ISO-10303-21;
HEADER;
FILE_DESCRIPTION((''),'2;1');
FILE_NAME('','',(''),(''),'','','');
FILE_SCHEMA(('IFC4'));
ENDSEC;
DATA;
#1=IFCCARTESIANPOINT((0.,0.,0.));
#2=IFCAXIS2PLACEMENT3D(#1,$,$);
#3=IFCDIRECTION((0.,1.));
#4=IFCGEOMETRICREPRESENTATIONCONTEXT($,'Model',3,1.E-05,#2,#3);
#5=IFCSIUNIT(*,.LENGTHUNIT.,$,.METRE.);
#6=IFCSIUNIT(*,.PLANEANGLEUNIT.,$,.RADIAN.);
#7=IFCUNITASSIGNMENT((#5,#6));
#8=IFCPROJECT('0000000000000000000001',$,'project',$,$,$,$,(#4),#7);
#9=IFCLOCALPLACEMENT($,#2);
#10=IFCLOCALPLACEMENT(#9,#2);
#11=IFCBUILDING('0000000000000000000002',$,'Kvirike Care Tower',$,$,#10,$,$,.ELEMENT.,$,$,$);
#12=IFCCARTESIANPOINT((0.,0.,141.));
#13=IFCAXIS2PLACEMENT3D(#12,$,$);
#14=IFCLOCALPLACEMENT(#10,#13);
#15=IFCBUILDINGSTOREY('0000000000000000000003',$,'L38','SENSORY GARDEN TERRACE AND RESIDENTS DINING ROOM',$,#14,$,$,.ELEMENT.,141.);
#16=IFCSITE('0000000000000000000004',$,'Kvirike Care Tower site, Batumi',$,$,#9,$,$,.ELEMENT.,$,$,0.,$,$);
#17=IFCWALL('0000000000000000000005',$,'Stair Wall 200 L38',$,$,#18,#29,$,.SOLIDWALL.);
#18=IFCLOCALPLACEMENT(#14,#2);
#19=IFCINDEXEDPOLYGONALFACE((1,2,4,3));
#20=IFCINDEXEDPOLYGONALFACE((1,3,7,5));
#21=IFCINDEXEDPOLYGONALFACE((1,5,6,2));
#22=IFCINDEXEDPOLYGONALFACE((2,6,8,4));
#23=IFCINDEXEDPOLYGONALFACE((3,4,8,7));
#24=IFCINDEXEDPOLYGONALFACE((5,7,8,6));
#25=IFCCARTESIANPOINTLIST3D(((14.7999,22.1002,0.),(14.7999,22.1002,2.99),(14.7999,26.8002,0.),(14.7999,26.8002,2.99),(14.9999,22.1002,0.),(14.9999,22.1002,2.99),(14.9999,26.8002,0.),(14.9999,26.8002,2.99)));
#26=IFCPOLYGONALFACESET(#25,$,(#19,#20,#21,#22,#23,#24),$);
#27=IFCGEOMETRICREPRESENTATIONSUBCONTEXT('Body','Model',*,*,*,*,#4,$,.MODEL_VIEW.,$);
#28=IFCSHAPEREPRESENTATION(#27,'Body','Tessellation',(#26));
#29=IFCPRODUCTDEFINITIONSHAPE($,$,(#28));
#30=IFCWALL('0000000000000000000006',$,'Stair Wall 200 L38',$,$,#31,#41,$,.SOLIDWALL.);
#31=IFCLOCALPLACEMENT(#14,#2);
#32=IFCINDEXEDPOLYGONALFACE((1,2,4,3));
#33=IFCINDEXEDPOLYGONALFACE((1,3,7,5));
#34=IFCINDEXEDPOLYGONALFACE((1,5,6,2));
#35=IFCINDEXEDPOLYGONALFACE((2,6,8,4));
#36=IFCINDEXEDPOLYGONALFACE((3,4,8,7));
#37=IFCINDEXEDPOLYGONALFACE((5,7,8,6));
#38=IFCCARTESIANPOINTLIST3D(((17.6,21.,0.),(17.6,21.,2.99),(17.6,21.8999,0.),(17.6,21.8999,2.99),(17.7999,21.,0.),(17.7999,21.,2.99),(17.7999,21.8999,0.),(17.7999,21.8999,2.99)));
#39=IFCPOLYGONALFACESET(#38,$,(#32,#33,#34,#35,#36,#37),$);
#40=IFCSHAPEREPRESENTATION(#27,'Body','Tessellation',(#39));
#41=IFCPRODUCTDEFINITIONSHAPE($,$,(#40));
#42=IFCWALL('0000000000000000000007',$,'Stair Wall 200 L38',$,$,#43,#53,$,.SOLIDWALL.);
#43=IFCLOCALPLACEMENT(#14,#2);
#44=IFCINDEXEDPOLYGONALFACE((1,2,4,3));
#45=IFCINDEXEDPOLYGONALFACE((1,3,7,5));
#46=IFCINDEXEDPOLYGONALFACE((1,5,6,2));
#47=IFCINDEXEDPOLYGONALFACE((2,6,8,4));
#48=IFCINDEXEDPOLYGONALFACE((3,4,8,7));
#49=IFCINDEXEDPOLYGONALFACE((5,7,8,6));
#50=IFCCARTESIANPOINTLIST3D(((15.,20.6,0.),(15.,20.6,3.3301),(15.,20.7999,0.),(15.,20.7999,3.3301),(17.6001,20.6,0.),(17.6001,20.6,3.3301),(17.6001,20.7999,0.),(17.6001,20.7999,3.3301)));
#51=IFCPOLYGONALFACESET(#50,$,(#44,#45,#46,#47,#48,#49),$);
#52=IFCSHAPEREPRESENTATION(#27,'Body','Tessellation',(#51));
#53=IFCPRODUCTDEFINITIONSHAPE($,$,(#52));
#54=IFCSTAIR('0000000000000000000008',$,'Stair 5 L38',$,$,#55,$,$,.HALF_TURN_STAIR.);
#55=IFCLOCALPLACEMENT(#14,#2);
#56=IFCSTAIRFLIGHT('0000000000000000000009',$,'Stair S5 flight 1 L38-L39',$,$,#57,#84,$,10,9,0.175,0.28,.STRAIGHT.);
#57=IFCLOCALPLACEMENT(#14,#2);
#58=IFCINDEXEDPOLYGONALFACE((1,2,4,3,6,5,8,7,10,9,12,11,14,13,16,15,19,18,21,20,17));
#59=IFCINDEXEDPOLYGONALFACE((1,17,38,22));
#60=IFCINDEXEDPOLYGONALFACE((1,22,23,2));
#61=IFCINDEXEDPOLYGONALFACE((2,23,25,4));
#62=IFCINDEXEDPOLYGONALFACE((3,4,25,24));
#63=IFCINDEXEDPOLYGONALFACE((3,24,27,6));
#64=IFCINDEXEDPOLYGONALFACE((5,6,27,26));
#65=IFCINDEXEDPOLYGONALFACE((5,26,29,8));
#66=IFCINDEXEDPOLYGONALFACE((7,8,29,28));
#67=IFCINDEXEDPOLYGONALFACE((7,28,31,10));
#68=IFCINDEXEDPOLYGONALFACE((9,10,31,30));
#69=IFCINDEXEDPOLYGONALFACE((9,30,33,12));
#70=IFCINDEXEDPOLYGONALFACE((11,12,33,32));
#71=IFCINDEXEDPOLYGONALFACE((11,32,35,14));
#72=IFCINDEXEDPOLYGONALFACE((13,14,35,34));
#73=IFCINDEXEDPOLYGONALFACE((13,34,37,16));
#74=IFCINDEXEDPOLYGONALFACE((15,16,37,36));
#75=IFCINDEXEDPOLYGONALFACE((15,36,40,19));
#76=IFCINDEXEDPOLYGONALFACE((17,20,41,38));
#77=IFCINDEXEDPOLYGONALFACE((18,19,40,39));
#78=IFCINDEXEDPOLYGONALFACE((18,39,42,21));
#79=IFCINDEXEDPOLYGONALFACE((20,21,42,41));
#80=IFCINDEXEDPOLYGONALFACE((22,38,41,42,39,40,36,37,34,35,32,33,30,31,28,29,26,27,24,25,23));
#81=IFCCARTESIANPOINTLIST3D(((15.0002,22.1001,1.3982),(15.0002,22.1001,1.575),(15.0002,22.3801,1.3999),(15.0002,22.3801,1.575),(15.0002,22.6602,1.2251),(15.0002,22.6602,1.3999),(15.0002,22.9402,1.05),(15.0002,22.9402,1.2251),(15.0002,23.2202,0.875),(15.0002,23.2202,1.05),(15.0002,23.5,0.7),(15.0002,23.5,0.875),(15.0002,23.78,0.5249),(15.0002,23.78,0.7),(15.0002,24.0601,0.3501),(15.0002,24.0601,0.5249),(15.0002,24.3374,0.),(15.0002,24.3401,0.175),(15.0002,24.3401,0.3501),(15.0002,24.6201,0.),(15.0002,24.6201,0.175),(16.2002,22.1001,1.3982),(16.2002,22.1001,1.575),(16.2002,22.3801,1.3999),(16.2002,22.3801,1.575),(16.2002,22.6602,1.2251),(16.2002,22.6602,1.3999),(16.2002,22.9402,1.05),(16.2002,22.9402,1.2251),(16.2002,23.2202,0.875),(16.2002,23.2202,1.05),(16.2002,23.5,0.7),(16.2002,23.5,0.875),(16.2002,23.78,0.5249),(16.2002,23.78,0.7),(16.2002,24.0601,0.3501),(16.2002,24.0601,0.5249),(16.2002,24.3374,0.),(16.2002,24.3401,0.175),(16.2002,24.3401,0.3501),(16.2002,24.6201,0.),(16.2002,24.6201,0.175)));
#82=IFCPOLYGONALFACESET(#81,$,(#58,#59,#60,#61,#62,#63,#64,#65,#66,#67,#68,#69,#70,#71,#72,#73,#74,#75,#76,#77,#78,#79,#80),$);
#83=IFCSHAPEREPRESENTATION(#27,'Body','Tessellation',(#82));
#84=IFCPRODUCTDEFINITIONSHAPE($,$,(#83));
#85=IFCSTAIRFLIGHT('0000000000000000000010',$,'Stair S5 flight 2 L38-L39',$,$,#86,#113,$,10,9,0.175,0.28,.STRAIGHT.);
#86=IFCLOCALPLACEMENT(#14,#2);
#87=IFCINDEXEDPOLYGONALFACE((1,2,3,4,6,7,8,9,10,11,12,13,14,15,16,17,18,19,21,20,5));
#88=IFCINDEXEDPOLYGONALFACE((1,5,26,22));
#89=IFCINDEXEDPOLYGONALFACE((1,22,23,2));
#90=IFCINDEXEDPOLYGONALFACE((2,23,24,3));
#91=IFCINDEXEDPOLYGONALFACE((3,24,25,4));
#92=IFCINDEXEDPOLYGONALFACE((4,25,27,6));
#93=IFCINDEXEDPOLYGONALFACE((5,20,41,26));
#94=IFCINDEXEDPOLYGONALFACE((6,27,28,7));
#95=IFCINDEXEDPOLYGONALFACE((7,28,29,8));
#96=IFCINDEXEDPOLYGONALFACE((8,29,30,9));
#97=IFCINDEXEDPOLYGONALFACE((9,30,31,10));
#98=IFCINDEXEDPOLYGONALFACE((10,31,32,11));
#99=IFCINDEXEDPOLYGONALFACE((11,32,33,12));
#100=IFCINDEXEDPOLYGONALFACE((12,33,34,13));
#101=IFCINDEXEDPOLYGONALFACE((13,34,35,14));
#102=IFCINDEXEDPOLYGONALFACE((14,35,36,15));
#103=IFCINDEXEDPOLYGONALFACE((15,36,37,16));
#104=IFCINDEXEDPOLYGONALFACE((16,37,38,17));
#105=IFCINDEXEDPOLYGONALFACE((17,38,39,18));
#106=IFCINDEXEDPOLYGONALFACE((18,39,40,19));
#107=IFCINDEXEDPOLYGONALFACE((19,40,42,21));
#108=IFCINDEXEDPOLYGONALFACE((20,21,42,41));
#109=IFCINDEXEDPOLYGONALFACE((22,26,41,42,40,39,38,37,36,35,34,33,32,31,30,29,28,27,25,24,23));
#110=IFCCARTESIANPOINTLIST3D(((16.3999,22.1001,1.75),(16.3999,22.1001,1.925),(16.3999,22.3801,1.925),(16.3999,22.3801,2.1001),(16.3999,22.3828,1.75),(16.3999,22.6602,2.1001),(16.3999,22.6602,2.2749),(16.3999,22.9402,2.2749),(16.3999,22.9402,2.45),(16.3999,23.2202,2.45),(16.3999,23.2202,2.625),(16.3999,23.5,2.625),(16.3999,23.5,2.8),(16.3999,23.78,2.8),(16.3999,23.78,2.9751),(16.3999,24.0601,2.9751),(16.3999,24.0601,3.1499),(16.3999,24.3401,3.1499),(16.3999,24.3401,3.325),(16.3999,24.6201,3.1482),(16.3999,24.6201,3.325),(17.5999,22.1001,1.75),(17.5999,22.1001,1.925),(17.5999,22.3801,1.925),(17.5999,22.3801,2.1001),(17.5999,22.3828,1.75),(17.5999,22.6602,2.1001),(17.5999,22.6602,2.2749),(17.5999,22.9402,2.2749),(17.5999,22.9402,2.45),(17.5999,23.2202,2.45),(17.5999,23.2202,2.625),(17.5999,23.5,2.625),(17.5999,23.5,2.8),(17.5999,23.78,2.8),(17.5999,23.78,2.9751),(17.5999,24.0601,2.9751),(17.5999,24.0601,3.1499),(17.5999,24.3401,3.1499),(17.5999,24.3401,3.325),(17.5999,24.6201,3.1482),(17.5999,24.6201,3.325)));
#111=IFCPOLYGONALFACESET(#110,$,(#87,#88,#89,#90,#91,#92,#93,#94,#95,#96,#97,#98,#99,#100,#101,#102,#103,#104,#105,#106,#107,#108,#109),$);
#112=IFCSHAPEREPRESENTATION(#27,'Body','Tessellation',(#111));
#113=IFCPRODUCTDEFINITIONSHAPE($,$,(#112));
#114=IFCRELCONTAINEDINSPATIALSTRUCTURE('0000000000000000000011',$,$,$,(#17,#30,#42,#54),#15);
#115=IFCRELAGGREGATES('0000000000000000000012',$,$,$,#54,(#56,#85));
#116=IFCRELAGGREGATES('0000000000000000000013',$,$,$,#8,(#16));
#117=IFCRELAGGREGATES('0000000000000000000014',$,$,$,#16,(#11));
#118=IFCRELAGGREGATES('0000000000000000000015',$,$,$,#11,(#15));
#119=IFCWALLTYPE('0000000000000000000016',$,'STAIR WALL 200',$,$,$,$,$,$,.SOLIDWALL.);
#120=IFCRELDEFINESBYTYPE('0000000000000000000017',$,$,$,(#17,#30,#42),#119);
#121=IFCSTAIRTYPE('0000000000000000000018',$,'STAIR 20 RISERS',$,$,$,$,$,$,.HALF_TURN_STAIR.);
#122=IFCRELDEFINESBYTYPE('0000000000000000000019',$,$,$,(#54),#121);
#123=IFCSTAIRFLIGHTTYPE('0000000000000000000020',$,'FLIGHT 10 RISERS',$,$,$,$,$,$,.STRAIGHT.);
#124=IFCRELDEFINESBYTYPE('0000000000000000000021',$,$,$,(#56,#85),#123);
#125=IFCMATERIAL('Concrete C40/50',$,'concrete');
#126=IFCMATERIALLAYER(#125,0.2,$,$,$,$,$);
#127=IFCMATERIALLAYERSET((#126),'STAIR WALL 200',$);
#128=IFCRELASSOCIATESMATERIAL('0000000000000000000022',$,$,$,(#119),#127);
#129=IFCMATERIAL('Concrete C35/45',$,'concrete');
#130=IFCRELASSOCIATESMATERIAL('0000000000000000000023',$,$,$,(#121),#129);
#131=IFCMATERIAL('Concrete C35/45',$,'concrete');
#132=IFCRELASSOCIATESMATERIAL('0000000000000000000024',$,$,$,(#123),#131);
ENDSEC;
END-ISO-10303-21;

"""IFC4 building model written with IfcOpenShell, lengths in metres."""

from ifc_helpers import new_model, si_unit, direction, frame, frame_2d, origin, place, context, subcontext, project, spatial, polyline, rectangle, outline, extrude, material, layer, layer_set, type_object, element, aggregate, save


model = new_model("IFC4")

# Units and contexts
model_context = context("Model", 3, precision=1e-05, world=origin(), true_north=direction((0.0, 1.0)))
body_context = subcontext(model_context, "Body", "Model", "MODEL_VIEW")
ifc_project = project(units=[si_unit("LENGTHUNIT", "METRE"), si_unit("PLANEANGLEUNIT", "RADIAN")], contexts=[model_context])

# Site, building, storey
site_placement = place(None, origin())
site = spatial("IfcSite", under=ifc_project, at=site_placement, Name="Kvirike Care Tower site, Batumi", CompositionType="ELEMENT", RefElevation=0.0)
building_placement = place(site_placement, origin())
building = spatial("IfcBuilding", under=site, at=building_placement, Name="Kvirike Care Tower", CompositionType="ELEMENT")
storey_placement = place(building_placement, frame((0.0, 0.0, 141.0)))
storey = spatial("IfcBuildingStorey", under=building, at=storey_placement, Name="L38", Description="SENSORY GARDEN TERRACE AND RESIDENTS DINING ROOM", CompositionType="ELEMENT", Elevation=141.0)

# Walls
ifc_material_1 = material(Name="Concrete C40/50", Category="concrete")
ifc_layer_1 = layer(ifc_material_1, 0.2)
ifc_layer_set_1 = layer_set([ifc_layer_1], Name="STAIR WALL 200")
wall_type_1 = type_object("IfcWallType", Name="STAIR WALL 200", PredefinedType="SOLIDWALL", material=ifc_layer_set_1)
wall_1_placement = place(storey_placement, frame((14.8999, 22.1001, 0.0), z_axis=(0.0, 0.0, 1.0), x_axis=(0.0, 1.0, 0.0)))
element("IfcWall", 1, at=wall_1_placement, inside=storey, type_object=wall_type_1, Name="Stair Wall 200 L38", PredefinedType="SOLIDWALL", context=body_context, shape_type="SweptSolid", body=[
    extrude(rectangle(XDim=4.7, YDim=0.2, at=frame_2d((2.3501, 0.0))), origin(), (0.0, 0.0, 1.0), 2.99),
])
wall_2_placement = place(storey_placement, frame((17.7, 21.0, 0.0), z_axis=(0.0, 0.0, 1.0), x_axis=(0.0, 1.0, 0.0)))
element("IfcWall", 2, at=wall_2_placement, inside=storey, type_object=wall_type_1, Name="Stair Wall 200 L38", PredefinedType="SOLIDWALL", context=body_context, shape_type="SweptSolid", body=[
    extrude(rectangle(XDim=0.8999, YDim=0.2, at=frame_2d((0.45, 0.0))), origin(), (0.0, 0.0, 1.0), 2.99),
])
wall_3_placement = place(storey_placement, frame((15.0, 20.7, 0.0), z_axis=(0.0, 0.0, 1.0), x_axis=(1.0, 0.0, 0.0)))
element("IfcWall", 3, at=wall_3_placement, inside=storey, type_object=wall_type_1, Name="Stair Wall 200 L38", PredefinedType="SOLIDWALL", context=body_context, shape_type="SweptSolid", body=[
    extrude(rectangle(XDim=2.6001, YDim=0.2, at=frame_2d((1.3, 0.0))), origin(), (0.0, 0.0, 1.0), 3.3301),
])

# Stair, stair flights
ifc_material_2 = material(Name="Concrete C35/45", Category="concrete")
stair_type = type_object("IfcStairType", Name="STAIR 20 RISERS", PredefinedType="HALF_TURN_STAIR", material=ifc_material_2)
stair_placement = place(storey_placement, origin())
stair = element("IfcStair", 4, at=stair_placement, inside=storey, type_object=stair_type, Name="Stair 5 L38", PredefinedType="HALF_TURN_STAIR")
ifc_material_3 = material(Name="Concrete C35/45", Category="concrete")
stair_flight_type = type_object("IfcStairFlightType", Name="FLIGHT 10 RISERS", PredefinedType="STRAIGHT", material=ifc_material_3)
stair_flight_1_placement = place(storey_placement, frame((15.6001, 24.6201, 0.0), z_axis=(0.0, 0.0, 1.0), x_axis=(0.0, -1.0, 0.0)))
stair_flight_1 = element("IfcStairFlight", 5, at=stair_flight_1_placement, type_object=stair_flight_type, Name="Stair S5 flight 1 L38-L39", NumberOfRisers=10, NumberOfTreads=9, PredefinedType="STRAIGHT", RiserHeight=0.175, TreadLength=0.28, context=body_context, shape_type="SweptSolid", body=[
    extrude(outline(polyline([(0.0, 0.0), (0.0, 0.175), (0.28, 0.175), (0.28, 0.3501), (0.5601, 0.3501), (0.5601, 0.5249), (0.8401, 0.5249), (0.8401, 0.7), (1.1201, 0.7), (1.1201, 0.875), (1.3999, 0.875), (1.3999, 1.05), (1.6799, 1.05), (1.6799, 1.2251), (1.96, 1.2251), (1.96, 1.3999), (2.24, 1.3999), (2.24, 1.575), (2.52, 1.575), (2.52, 1.75), (2.52, 1.3982), (0.2827, 0.0), (0.0, 0.0)])), frame((0.0, 0.6001, 0.0), z_axis=(0.0, -1.0, 0.0), x_axis=(1.0, 0.0, 0.0)), (0.0, 0.0, 1.0), 1.2),
])
stair_flight_2_placement = place(storey_placement, frame((17.0, 22.1001, 1.75), z_axis=(0.0, 0.0, 1.0), x_axis=(0.0, 1.0, 0.0)))
stair_flight_2 = element("IfcStairFlight", 6, at=stair_flight_2_placement, type_object=stair_flight_type, Name="Stair S5 flight 2 L38-L39", NumberOfRisers=10, NumberOfTreads=9, PredefinedType="STRAIGHT", RiserHeight=0.175, TreadLength=0.28, context=body_context, shape_type="SweptSolid", body=[
    extrude(outline(polyline([(0.0, 0.0), (0.0, 0.175), (0.28, 0.175), (0.28, 0.3501), (0.5601, 0.3501), (0.5601, 0.5249), (0.8401, 0.5249), (0.8401, 0.7), (1.1201, 0.7), (1.1201, 0.875), (1.3999, 0.875), (1.3999, 1.05), (1.6799, 1.05), (1.6799, 1.2251), (1.96, 1.2251), (1.96, 1.3999), (2.24, 1.3999), (2.24, 1.575), (2.52, 1.575), (2.52, 1.75), (2.52, 1.3982), (0.2827, 0.0), (0.0, 0.0)])), frame((0.0, 0.6001, 0.0), z_axis=(0.0, -1.0, 0.0), x_axis=(1.0, 0.0, 0.0)), (0.0, 0.0, 1.0), 1.2),
])
aggregate(stair, [stair_flight_1, stair_flight_2])

save(model, "model.ifc")
